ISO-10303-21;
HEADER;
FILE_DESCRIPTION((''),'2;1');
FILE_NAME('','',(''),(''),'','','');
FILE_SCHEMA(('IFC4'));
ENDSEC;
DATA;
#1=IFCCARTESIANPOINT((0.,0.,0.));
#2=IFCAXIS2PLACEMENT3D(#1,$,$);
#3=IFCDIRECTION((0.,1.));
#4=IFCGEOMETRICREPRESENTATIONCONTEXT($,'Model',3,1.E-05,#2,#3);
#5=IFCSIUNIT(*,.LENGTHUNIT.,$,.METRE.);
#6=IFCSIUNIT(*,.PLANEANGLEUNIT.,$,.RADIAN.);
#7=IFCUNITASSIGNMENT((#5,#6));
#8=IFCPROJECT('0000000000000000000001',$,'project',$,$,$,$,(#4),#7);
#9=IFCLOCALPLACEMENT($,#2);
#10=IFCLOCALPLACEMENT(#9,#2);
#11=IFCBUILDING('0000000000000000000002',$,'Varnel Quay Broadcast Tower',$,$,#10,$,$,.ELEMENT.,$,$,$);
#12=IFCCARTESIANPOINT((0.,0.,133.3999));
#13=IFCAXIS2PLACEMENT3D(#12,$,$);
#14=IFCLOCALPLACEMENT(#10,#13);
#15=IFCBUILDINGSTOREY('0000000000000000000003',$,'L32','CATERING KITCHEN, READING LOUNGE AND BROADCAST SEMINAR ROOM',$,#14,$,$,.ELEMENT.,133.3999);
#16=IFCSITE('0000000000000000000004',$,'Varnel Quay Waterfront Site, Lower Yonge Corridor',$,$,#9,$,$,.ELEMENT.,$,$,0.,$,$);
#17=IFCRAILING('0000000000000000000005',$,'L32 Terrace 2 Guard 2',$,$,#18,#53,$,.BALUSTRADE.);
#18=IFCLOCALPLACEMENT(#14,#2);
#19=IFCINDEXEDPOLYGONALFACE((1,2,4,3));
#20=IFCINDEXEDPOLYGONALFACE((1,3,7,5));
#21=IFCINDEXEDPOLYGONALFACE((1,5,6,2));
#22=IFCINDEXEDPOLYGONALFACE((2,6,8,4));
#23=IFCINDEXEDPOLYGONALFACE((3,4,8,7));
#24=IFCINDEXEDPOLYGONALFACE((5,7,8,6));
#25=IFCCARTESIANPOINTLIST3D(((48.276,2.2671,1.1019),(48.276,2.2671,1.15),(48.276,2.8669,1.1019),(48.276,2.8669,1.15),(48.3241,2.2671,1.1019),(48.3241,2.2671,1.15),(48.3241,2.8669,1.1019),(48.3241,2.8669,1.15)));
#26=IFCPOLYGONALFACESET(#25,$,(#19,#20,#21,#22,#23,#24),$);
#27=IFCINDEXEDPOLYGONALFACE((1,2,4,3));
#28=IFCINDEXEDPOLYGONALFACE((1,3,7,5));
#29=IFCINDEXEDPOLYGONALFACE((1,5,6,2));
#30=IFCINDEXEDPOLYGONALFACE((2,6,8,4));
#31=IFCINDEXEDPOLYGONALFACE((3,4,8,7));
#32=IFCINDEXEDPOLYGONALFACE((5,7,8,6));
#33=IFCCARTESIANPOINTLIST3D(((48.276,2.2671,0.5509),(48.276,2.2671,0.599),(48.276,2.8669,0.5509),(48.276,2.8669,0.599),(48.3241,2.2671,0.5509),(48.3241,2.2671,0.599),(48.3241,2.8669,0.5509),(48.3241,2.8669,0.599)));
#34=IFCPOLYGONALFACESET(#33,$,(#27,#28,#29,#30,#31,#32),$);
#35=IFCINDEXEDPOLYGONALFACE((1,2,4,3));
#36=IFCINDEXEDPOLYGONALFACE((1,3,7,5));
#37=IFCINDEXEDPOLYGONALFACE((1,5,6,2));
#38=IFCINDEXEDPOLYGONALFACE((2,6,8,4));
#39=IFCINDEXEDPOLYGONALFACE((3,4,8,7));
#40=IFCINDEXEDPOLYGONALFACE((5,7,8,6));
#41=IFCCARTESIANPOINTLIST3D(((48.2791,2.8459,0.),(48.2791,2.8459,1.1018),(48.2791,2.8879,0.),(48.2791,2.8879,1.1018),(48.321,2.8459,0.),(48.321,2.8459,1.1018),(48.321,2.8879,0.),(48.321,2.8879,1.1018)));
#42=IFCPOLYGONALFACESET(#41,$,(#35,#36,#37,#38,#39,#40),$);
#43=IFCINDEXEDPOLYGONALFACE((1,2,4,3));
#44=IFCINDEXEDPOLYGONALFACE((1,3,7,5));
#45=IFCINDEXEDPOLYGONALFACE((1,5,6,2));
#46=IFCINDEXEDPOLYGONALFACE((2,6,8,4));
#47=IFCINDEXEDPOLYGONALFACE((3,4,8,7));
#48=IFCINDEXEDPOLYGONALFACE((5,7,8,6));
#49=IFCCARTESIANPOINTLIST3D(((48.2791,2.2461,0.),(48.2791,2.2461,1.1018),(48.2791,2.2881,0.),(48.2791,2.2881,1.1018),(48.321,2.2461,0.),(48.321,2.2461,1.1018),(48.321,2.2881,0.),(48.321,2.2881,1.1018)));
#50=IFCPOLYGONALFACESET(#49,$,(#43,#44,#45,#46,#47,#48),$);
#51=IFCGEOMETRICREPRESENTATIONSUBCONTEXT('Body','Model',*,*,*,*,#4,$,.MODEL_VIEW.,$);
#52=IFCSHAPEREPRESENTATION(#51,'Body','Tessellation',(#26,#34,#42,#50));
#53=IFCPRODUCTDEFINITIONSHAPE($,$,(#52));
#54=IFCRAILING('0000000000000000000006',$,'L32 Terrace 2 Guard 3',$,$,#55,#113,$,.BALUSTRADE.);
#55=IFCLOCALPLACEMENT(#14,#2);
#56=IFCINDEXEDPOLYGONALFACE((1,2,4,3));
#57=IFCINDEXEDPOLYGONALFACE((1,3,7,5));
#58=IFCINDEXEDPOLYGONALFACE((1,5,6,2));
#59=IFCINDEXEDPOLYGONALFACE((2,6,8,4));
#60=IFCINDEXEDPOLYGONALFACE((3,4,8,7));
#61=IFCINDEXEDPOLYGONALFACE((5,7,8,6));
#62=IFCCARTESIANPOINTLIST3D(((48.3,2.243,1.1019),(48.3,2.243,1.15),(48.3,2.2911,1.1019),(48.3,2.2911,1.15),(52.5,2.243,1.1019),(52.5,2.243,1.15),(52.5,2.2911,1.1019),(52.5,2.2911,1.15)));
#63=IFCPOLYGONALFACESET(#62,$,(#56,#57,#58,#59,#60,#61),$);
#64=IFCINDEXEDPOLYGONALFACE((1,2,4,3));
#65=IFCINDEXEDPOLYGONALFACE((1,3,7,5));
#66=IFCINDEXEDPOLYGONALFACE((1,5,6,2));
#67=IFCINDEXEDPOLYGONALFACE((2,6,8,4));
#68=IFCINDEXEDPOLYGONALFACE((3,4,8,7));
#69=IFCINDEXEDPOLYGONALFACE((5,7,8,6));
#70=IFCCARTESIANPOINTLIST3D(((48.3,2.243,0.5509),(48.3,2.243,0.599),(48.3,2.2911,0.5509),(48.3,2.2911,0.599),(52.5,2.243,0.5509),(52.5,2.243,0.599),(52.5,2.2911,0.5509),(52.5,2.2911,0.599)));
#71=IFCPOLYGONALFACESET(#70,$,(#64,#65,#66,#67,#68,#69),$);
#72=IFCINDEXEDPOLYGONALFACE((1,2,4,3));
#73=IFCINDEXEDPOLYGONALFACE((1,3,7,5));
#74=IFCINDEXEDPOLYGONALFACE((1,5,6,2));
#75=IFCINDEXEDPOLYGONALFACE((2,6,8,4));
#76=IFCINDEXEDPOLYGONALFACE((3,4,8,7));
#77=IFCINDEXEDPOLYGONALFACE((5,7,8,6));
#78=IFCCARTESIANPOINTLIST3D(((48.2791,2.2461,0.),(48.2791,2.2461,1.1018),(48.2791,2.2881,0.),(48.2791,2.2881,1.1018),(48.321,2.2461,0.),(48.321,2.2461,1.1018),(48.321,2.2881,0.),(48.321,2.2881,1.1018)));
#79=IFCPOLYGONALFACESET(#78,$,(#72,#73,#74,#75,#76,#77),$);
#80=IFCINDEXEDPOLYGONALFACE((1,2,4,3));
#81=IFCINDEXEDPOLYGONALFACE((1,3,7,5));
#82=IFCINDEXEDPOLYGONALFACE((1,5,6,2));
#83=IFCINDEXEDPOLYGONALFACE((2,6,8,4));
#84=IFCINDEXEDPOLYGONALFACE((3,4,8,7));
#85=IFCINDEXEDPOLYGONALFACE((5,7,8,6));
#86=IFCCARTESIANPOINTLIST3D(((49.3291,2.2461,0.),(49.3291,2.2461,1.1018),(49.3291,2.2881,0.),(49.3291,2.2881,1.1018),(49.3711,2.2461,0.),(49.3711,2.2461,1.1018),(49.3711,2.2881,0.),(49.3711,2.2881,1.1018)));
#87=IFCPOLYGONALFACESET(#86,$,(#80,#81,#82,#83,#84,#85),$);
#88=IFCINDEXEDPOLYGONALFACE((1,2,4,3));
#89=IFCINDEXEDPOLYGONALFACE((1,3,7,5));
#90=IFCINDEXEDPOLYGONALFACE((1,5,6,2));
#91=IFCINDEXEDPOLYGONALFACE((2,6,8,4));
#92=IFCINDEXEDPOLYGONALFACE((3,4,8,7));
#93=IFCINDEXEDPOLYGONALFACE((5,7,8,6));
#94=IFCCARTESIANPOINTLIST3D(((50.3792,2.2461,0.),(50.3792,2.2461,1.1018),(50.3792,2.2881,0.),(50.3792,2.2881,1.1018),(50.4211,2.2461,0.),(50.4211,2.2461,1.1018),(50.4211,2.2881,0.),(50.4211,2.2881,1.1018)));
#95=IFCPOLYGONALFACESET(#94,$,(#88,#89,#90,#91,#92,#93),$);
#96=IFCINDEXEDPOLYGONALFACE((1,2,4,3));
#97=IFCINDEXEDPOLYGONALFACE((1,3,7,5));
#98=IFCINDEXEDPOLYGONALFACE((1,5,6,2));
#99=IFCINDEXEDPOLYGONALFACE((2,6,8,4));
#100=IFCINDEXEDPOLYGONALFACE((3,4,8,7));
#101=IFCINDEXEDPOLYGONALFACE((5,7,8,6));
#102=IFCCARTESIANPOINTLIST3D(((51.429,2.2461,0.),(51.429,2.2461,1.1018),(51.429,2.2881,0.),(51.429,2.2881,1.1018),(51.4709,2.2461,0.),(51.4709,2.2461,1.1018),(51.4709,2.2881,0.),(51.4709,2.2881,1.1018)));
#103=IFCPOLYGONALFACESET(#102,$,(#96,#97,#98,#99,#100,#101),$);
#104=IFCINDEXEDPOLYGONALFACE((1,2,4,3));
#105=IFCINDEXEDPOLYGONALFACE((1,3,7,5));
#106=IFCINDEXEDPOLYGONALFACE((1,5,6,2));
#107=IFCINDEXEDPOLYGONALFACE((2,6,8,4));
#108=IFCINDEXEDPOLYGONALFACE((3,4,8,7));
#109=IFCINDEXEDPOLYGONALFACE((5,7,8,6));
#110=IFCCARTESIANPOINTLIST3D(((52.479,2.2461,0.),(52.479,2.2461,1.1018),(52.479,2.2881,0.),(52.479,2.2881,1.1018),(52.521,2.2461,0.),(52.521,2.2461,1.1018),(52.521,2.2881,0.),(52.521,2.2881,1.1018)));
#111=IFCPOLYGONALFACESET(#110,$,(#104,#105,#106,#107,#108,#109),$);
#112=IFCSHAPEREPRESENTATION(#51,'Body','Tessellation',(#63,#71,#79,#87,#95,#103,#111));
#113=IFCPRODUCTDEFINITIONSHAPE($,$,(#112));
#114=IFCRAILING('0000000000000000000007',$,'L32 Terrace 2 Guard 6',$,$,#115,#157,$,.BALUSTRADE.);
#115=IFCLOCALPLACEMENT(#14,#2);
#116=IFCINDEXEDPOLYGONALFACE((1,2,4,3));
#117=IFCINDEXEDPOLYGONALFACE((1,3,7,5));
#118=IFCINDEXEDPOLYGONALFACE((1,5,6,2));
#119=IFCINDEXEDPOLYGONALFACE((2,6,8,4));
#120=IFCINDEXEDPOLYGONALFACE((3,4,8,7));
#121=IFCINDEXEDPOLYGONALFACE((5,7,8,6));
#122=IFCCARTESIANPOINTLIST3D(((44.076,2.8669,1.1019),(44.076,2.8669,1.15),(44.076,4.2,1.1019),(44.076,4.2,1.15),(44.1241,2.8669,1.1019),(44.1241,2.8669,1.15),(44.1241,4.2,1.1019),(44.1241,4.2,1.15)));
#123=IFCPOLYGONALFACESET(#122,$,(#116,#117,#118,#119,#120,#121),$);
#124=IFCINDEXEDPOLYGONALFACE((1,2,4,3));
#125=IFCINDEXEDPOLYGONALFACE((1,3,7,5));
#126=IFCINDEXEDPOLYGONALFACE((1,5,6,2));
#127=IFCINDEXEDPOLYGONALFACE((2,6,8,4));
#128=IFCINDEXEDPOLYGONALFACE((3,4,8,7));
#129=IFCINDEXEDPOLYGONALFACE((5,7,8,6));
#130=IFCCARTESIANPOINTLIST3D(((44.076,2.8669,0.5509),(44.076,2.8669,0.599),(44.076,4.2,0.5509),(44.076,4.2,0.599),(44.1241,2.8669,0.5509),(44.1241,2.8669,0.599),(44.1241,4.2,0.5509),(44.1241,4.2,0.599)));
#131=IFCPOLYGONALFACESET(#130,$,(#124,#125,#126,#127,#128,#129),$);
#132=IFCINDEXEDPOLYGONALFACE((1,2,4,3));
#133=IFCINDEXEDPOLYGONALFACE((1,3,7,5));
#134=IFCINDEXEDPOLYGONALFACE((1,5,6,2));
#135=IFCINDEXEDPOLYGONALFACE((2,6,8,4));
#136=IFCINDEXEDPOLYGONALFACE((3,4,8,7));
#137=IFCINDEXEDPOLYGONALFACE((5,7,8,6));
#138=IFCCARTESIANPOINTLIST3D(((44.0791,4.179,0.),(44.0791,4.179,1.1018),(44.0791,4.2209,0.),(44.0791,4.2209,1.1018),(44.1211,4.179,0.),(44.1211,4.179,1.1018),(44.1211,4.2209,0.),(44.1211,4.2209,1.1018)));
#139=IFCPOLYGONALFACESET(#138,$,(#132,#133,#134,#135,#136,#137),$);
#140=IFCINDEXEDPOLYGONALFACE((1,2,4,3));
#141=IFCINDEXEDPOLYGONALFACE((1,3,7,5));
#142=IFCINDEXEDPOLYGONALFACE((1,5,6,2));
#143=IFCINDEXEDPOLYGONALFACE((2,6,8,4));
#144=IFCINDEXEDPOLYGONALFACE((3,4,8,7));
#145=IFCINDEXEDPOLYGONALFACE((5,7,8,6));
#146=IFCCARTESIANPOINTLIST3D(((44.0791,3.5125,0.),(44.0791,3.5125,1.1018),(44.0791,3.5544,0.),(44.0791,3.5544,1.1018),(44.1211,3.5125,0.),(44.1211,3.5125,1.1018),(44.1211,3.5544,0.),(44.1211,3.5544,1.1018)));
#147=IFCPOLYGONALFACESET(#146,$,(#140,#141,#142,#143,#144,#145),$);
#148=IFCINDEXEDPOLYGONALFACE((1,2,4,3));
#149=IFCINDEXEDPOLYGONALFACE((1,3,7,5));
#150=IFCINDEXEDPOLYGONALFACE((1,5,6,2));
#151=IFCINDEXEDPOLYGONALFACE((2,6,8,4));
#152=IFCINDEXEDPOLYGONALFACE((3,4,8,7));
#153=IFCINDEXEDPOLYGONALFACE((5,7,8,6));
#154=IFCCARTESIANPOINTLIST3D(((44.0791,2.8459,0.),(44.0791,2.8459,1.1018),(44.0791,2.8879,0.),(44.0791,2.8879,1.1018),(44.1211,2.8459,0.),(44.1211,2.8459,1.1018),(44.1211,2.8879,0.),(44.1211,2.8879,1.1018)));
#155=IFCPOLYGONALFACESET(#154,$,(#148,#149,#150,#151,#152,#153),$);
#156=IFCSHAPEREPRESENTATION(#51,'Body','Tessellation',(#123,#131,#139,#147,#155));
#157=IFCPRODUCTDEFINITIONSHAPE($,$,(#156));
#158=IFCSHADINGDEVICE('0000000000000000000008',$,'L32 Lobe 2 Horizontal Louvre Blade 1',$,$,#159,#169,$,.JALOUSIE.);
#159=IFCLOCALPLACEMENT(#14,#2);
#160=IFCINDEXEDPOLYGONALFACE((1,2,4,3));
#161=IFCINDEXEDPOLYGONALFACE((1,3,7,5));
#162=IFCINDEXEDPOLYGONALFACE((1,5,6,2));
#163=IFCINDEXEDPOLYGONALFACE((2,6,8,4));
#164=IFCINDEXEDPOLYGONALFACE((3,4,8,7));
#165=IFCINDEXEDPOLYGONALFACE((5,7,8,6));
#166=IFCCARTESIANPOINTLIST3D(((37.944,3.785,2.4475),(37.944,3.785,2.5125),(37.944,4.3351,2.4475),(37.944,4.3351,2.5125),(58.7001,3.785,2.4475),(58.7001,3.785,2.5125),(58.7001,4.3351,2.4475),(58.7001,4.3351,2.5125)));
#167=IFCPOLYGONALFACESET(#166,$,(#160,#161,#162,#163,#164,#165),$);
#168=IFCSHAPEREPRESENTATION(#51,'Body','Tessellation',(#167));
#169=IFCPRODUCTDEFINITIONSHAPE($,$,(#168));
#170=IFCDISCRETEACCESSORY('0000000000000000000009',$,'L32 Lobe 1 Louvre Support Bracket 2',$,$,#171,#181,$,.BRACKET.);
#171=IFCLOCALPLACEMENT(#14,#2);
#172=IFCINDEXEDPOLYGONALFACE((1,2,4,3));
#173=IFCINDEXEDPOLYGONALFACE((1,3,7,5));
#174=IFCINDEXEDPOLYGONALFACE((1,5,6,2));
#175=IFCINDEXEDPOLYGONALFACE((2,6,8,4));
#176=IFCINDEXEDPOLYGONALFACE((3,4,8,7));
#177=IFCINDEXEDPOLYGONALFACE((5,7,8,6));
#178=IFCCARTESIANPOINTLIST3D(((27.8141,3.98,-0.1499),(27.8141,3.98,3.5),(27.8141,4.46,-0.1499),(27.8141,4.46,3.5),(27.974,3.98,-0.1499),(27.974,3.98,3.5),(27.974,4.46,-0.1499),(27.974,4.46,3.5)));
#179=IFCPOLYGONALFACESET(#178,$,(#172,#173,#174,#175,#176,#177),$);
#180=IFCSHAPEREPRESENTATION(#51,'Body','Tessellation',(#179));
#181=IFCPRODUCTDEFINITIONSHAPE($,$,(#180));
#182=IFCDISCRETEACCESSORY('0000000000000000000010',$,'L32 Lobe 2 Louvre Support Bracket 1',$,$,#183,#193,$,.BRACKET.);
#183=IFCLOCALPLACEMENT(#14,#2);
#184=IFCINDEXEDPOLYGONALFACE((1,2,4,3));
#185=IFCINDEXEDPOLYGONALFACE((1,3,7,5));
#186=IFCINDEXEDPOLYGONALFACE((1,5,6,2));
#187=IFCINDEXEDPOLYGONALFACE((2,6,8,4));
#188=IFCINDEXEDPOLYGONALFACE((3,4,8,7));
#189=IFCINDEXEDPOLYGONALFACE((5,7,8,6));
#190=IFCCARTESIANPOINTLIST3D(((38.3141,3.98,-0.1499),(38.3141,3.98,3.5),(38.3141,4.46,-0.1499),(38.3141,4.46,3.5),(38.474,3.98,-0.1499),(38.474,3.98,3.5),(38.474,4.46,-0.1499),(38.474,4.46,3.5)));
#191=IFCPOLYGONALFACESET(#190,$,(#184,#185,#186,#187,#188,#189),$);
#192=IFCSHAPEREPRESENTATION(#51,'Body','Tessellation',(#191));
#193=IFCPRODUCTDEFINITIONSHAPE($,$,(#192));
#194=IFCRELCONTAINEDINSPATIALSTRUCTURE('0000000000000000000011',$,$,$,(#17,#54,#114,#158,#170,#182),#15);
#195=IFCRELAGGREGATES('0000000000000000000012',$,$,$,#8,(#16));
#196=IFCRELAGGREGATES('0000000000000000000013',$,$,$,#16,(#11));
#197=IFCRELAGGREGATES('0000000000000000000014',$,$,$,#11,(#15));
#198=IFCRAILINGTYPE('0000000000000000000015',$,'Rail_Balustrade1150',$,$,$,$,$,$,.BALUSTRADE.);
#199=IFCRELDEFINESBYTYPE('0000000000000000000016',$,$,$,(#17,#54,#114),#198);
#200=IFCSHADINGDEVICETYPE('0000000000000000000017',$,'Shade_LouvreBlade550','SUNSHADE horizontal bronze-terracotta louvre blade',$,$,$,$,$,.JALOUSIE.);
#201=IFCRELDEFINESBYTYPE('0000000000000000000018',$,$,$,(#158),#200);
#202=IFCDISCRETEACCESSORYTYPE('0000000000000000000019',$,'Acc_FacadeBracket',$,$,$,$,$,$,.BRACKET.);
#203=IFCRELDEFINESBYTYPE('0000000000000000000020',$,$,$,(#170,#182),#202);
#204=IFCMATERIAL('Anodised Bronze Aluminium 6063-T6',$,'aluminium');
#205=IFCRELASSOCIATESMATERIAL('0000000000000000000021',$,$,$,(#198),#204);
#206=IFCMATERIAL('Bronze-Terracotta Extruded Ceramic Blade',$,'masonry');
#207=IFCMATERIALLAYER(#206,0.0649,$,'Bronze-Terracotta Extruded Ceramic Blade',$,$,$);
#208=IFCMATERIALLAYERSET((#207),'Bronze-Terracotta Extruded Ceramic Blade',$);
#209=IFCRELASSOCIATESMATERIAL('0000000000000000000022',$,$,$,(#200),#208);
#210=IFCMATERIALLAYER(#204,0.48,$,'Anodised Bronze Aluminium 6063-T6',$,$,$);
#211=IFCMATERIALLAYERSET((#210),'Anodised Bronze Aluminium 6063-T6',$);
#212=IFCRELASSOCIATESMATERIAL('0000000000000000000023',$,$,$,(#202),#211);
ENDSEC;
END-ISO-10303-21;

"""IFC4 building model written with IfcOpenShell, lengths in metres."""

from ifc_helpers import new_model, si_unit, direction, frame, origin, origin_2d, place, context, subcontext, project, spatial, rectangle, extrude, source, transform, mapped, material, layer, layer_set, type_object, type_shapes, element, save


model = new_model("IFC4")

# Units and contexts
model_context = context("Model", 3, precision=1e-05, world=origin(), true_north=direction((0.0, 1.0)))
body_context = subcontext(model_context, "Body", "Model", "MODEL_VIEW")
ifc_project = project(units=[si_unit("LENGTHUNIT", "METRE"), si_unit("PLANEANGLEUNIT", "RADIAN")], contexts=[model_context])

# Site, building, storey
site_placement = place(None, origin())
site = spatial("IfcSite", under=ifc_project, at=site_placement, Name="Varnel Quay Waterfront Site, Lower Yonge Corridor", CompositionType="ELEMENT", RefElevation=0.0)
building_placement = place(site_placement, origin())
building = spatial("IfcBuilding", under=site, at=building_placement, Name="Varnel Quay Broadcast Tower", CompositionType="ELEMENT")
storey_placement = place(building_placement, frame((0.0, 0.0, 133.3999)))
storey = spatial("IfcBuildingStorey", under=building, at=storey_placement, Name="L32", Description="CATERING KITCHEN, READING LOUNGE AND BROADCAST SEMINAR ROOM", CompositionType="ELEMENT", Elevation=133.3999)

# Shared definitions
ifc_material_1 = material(Name="Anodised Bronze Aluminium 6063-T6", Category="aluminium")

# Railings
railing_type = type_object("IfcRailingType", Name="Rail_Balustrade1150", PredefinedType="BALUSTRADE", material=ifc_material_1)
railing_1_placement = place(storey_placement, frame((48.3, 2.8669, 0.0)))
element("IfcRailing", 1, at=railing_1_placement, inside=storey, type_object=railing_type, Name="L32 Terrace 2 Guard 2", PredefinedType="BALUSTRADE", context=body_context, shape_type="SweptSolid", body=[
    extrude(rectangle(XDim=0.0481, YDim=0.0481, at=origin_2d()), frame((0.0, 0.0, 1.126), z_axis=(0.0, -1.0, 0.0), x_axis=(1.0, 0.0, 0.0)), (0.0, 0.0, 1.0), 0.5999),
    extrude(rectangle(XDim=0.0481, YDim=0.0481, at=origin_2d()), frame((0.0, 0.0, 0.575), z_axis=(0.0, -1.0, 0.0), x_axis=(1.0, 0.0, 0.0)), (0.0, 0.0, 1.0), 0.5999),
    extrude(rectangle(XDim=0.042, YDim=0.042, at=origin_2d()), origin(), (0.0, 0.0, 1.0), 1.1018),
    extrude(rectangle(XDim=0.042, YDim=0.042, at=origin_2d()), frame((0.0, -0.5999, 0.0)), (0.0, 0.0, 1.0), 1.1018),
])
railing_2_placement = place(storey_placement, frame((48.3, 2.2671, 0.0)))
element("IfcRailing", 2, at=railing_2_placement, inside=storey, type_object=railing_type, Name="L32 Terrace 2 Guard 3", PredefinedType="BALUSTRADE", context=body_context, shape_type="SweptSolid", body=[
    extrude(rectangle(XDim=0.0481, YDim=0.0481, at=origin_2d()), frame((0.0, 0.0, 1.126), z_axis=(1.0, 0.0, 0.0), x_axis=(0.0, 1.0, 0.0)), (0.0, 0.0, 1.0), 4.2),
    extrude(rectangle(XDim=0.0481, YDim=0.0481, at=origin_2d()), frame((0.0, 0.0, 0.575), z_axis=(1.0, 0.0, 0.0), x_axis=(0.0, 1.0, 0.0)), (0.0, 0.0, 1.0), 4.2),
    extrude(rectangle(XDim=0.042, YDim=0.042, at=origin_2d()), origin(), (0.0, 0.0, 1.0), 1.1018),
    extrude(rectangle(XDim=0.042, YDim=0.042, at=origin_2d()), frame((1.05, 0.0, 0.0)), (0.0, 0.0, 1.0), 1.1018),
    extrude(rectangle(XDim=0.042, YDim=0.042, at=origin_2d()), frame((2.1001, 0.0, 0.0)), (0.0, 0.0, 1.0), 1.1018),
    extrude(rectangle(XDim=0.042, YDim=0.042, at=origin_2d()), frame((3.1499, 0.0, 0.0)), (0.0, 0.0, 1.0), 1.1018),
    extrude(rectangle(XDim=0.042, YDim=0.042, at=origin_2d()), frame((4.2, 0.0, 0.0)), (0.0, 0.0, 1.0), 1.1018),
])
railing_3_placement = place(storey_placement, frame((44.1001, 4.2, 0.0)))
element("IfcRailing", 3, at=railing_3_placement, inside=storey, type_object=railing_type, Name="L32 Terrace 2 Guard 6", PredefinedType="BALUSTRADE", context=body_context, shape_type="SweptSolid", body=[
    extrude(rectangle(XDim=0.0481, YDim=0.0481, at=origin_2d()), frame((0.0, 0.0, 1.126), z_axis=(0.0, -1.0, 0.0), x_axis=(1.0, 0.0, 0.0)), (0.0, 0.0, 1.0), 1.333),
    extrude(rectangle(XDim=0.0481, YDim=0.0481, at=origin_2d()), frame((0.0, 0.0, 0.575), z_axis=(0.0, -1.0, 0.0), x_axis=(1.0, 0.0, 0.0)), (0.0, 0.0, 1.0), 1.333),
    extrude(rectangle(XDim=0.042, YDim=0.042, at=origin_2d()), origin(), (0.0, 0.0, 1.0), 1.1018),
    extrude(rectangle(XDim=0.042, YDim=0.042, at=origin_2d()), frame((0.0, -0.6665, 0.0)), (0.0, 0.0, 1.0), 1.1018),
    extrude(rectangle(XDim=0.042, YDim=0.042, at=origin_2d()), frame((0.0, -1.333, 0.0)), (0.0, 0.0, 1.0), 1.1018),
])

# Shading device
ifc_material_2 = material(Name="Bronze-Terracotta Extruded Ceramic Blade", Category="masonry")
ifc_layer_1 = layer(ifc_material_2, 0.0649, Name="Bronze-Terracotta Extruded Ceramic Blade")
ifc_layer_set_1 = layer_set([ifc_layer_1], Name="Bronze-Terracotta Extruded Ceramic Blade")
shading_device_type = type_object("IfcShadingDeviceType", Name="Shade_LouvreBlade550", Description="SUNSHADE horizontal bronze-terracotta louvre blade", PredefinedType="JALOUSIE", material=ifc_layer_set_1)
shared_shape_1 = source(origin(), body_context, "Body", "SweptSolid", [
    extrude(rectangle(XDim=20.7561, YDim=0.55, at=origin_2d()), origin(), (0.0, 0.0, 1.0), 0.0649),
])
type_shapes(shading_device_type, [shared_shape_1])
shading_device_placement = place(storey_placement, frame((48.322, 4.0601, 2.4475), z_axis=(0.0, 0.0, 1.0), x_axis=(1.0, 0.0, 0.0)))
element("IfcShadingDevice", 4, at=shading_device_placement, inside=storey, type_object=shading_device_type, Name="L32 Lobe 2 Horizontal Louvre Blade 1", PredefinedType="JALOUSIE", context=body_context, shape_type="MappedRepresentation", body=[
    mapped(shared_shape_1, transform((0.0, 0.0, 0.0), x_axis=(1.0, 0.0, 0.0), y_axis=(0.0, 1.0, 0.0), z_axis=(0.0, 0.0, 1.0), scale=1.0)),
])

# Discrete accessories
ifc_layer_2 = layer(ifc_material_1, 0.48, Name="Anodised Bronze Aluminium 6063-T6")
ifc_layer_set_2 = layer_set([ifc_layer_2], Name="Anodised Bronze Aluminium 6063-T6")
discrete_accessory_type = type_object("IfcDiscreteAccessoryType", Name="Acc_FacadeBracket", PredefinedType="BRACKET", material=ifc_layer_set_2)
shared_shape_2 = source(origin(), body_context, "Body", "SweptSolid", [
    extrude(rectangle(XDim=0.1599, YDim=0.48, at=origin_2d()), origin(), (0.0, 0.0, 1.0), 3.6499),
])
type_shapes(discrete_accessory_type, [shared_shape_2])
for number, where, z_axis, x_axis, name in (
    (5, (27.894, 4.22, -0.1499), (0.0, 0.0, 1.0), (1.0, 0.0, 0.0), "L32 Lobe 1 Louvre Support Bracket 2"),
    (6, (38.394, 4.22, -0.1499), (0.0, 0.0, 1.0), (1.0, 0.0, 0.0), "L32 Lobe 2 Louvre Support Bracket 1"),
):
    element("IfcDiscreteAccessory", number, at=place(storey_placement, frame(where, z_axis=z_axis, x_axis=x_axis)), inside=storey, type_object=discrete_accessory_type, Name=name, PredefinedType="BRACKET", context=body_context, shape_type="MappedRepresentation", body=[
        mapped(shared_shape_2, transform((0.0, 0.0, 0.0), x_axis=(1.0, 0.0, 0.0), y_axis=(0.0, 1.0, 0.0), z_axis=(0.0, 0.0, 1.0), scale=1.0)),
    ])

save(model, "model.ifc")
